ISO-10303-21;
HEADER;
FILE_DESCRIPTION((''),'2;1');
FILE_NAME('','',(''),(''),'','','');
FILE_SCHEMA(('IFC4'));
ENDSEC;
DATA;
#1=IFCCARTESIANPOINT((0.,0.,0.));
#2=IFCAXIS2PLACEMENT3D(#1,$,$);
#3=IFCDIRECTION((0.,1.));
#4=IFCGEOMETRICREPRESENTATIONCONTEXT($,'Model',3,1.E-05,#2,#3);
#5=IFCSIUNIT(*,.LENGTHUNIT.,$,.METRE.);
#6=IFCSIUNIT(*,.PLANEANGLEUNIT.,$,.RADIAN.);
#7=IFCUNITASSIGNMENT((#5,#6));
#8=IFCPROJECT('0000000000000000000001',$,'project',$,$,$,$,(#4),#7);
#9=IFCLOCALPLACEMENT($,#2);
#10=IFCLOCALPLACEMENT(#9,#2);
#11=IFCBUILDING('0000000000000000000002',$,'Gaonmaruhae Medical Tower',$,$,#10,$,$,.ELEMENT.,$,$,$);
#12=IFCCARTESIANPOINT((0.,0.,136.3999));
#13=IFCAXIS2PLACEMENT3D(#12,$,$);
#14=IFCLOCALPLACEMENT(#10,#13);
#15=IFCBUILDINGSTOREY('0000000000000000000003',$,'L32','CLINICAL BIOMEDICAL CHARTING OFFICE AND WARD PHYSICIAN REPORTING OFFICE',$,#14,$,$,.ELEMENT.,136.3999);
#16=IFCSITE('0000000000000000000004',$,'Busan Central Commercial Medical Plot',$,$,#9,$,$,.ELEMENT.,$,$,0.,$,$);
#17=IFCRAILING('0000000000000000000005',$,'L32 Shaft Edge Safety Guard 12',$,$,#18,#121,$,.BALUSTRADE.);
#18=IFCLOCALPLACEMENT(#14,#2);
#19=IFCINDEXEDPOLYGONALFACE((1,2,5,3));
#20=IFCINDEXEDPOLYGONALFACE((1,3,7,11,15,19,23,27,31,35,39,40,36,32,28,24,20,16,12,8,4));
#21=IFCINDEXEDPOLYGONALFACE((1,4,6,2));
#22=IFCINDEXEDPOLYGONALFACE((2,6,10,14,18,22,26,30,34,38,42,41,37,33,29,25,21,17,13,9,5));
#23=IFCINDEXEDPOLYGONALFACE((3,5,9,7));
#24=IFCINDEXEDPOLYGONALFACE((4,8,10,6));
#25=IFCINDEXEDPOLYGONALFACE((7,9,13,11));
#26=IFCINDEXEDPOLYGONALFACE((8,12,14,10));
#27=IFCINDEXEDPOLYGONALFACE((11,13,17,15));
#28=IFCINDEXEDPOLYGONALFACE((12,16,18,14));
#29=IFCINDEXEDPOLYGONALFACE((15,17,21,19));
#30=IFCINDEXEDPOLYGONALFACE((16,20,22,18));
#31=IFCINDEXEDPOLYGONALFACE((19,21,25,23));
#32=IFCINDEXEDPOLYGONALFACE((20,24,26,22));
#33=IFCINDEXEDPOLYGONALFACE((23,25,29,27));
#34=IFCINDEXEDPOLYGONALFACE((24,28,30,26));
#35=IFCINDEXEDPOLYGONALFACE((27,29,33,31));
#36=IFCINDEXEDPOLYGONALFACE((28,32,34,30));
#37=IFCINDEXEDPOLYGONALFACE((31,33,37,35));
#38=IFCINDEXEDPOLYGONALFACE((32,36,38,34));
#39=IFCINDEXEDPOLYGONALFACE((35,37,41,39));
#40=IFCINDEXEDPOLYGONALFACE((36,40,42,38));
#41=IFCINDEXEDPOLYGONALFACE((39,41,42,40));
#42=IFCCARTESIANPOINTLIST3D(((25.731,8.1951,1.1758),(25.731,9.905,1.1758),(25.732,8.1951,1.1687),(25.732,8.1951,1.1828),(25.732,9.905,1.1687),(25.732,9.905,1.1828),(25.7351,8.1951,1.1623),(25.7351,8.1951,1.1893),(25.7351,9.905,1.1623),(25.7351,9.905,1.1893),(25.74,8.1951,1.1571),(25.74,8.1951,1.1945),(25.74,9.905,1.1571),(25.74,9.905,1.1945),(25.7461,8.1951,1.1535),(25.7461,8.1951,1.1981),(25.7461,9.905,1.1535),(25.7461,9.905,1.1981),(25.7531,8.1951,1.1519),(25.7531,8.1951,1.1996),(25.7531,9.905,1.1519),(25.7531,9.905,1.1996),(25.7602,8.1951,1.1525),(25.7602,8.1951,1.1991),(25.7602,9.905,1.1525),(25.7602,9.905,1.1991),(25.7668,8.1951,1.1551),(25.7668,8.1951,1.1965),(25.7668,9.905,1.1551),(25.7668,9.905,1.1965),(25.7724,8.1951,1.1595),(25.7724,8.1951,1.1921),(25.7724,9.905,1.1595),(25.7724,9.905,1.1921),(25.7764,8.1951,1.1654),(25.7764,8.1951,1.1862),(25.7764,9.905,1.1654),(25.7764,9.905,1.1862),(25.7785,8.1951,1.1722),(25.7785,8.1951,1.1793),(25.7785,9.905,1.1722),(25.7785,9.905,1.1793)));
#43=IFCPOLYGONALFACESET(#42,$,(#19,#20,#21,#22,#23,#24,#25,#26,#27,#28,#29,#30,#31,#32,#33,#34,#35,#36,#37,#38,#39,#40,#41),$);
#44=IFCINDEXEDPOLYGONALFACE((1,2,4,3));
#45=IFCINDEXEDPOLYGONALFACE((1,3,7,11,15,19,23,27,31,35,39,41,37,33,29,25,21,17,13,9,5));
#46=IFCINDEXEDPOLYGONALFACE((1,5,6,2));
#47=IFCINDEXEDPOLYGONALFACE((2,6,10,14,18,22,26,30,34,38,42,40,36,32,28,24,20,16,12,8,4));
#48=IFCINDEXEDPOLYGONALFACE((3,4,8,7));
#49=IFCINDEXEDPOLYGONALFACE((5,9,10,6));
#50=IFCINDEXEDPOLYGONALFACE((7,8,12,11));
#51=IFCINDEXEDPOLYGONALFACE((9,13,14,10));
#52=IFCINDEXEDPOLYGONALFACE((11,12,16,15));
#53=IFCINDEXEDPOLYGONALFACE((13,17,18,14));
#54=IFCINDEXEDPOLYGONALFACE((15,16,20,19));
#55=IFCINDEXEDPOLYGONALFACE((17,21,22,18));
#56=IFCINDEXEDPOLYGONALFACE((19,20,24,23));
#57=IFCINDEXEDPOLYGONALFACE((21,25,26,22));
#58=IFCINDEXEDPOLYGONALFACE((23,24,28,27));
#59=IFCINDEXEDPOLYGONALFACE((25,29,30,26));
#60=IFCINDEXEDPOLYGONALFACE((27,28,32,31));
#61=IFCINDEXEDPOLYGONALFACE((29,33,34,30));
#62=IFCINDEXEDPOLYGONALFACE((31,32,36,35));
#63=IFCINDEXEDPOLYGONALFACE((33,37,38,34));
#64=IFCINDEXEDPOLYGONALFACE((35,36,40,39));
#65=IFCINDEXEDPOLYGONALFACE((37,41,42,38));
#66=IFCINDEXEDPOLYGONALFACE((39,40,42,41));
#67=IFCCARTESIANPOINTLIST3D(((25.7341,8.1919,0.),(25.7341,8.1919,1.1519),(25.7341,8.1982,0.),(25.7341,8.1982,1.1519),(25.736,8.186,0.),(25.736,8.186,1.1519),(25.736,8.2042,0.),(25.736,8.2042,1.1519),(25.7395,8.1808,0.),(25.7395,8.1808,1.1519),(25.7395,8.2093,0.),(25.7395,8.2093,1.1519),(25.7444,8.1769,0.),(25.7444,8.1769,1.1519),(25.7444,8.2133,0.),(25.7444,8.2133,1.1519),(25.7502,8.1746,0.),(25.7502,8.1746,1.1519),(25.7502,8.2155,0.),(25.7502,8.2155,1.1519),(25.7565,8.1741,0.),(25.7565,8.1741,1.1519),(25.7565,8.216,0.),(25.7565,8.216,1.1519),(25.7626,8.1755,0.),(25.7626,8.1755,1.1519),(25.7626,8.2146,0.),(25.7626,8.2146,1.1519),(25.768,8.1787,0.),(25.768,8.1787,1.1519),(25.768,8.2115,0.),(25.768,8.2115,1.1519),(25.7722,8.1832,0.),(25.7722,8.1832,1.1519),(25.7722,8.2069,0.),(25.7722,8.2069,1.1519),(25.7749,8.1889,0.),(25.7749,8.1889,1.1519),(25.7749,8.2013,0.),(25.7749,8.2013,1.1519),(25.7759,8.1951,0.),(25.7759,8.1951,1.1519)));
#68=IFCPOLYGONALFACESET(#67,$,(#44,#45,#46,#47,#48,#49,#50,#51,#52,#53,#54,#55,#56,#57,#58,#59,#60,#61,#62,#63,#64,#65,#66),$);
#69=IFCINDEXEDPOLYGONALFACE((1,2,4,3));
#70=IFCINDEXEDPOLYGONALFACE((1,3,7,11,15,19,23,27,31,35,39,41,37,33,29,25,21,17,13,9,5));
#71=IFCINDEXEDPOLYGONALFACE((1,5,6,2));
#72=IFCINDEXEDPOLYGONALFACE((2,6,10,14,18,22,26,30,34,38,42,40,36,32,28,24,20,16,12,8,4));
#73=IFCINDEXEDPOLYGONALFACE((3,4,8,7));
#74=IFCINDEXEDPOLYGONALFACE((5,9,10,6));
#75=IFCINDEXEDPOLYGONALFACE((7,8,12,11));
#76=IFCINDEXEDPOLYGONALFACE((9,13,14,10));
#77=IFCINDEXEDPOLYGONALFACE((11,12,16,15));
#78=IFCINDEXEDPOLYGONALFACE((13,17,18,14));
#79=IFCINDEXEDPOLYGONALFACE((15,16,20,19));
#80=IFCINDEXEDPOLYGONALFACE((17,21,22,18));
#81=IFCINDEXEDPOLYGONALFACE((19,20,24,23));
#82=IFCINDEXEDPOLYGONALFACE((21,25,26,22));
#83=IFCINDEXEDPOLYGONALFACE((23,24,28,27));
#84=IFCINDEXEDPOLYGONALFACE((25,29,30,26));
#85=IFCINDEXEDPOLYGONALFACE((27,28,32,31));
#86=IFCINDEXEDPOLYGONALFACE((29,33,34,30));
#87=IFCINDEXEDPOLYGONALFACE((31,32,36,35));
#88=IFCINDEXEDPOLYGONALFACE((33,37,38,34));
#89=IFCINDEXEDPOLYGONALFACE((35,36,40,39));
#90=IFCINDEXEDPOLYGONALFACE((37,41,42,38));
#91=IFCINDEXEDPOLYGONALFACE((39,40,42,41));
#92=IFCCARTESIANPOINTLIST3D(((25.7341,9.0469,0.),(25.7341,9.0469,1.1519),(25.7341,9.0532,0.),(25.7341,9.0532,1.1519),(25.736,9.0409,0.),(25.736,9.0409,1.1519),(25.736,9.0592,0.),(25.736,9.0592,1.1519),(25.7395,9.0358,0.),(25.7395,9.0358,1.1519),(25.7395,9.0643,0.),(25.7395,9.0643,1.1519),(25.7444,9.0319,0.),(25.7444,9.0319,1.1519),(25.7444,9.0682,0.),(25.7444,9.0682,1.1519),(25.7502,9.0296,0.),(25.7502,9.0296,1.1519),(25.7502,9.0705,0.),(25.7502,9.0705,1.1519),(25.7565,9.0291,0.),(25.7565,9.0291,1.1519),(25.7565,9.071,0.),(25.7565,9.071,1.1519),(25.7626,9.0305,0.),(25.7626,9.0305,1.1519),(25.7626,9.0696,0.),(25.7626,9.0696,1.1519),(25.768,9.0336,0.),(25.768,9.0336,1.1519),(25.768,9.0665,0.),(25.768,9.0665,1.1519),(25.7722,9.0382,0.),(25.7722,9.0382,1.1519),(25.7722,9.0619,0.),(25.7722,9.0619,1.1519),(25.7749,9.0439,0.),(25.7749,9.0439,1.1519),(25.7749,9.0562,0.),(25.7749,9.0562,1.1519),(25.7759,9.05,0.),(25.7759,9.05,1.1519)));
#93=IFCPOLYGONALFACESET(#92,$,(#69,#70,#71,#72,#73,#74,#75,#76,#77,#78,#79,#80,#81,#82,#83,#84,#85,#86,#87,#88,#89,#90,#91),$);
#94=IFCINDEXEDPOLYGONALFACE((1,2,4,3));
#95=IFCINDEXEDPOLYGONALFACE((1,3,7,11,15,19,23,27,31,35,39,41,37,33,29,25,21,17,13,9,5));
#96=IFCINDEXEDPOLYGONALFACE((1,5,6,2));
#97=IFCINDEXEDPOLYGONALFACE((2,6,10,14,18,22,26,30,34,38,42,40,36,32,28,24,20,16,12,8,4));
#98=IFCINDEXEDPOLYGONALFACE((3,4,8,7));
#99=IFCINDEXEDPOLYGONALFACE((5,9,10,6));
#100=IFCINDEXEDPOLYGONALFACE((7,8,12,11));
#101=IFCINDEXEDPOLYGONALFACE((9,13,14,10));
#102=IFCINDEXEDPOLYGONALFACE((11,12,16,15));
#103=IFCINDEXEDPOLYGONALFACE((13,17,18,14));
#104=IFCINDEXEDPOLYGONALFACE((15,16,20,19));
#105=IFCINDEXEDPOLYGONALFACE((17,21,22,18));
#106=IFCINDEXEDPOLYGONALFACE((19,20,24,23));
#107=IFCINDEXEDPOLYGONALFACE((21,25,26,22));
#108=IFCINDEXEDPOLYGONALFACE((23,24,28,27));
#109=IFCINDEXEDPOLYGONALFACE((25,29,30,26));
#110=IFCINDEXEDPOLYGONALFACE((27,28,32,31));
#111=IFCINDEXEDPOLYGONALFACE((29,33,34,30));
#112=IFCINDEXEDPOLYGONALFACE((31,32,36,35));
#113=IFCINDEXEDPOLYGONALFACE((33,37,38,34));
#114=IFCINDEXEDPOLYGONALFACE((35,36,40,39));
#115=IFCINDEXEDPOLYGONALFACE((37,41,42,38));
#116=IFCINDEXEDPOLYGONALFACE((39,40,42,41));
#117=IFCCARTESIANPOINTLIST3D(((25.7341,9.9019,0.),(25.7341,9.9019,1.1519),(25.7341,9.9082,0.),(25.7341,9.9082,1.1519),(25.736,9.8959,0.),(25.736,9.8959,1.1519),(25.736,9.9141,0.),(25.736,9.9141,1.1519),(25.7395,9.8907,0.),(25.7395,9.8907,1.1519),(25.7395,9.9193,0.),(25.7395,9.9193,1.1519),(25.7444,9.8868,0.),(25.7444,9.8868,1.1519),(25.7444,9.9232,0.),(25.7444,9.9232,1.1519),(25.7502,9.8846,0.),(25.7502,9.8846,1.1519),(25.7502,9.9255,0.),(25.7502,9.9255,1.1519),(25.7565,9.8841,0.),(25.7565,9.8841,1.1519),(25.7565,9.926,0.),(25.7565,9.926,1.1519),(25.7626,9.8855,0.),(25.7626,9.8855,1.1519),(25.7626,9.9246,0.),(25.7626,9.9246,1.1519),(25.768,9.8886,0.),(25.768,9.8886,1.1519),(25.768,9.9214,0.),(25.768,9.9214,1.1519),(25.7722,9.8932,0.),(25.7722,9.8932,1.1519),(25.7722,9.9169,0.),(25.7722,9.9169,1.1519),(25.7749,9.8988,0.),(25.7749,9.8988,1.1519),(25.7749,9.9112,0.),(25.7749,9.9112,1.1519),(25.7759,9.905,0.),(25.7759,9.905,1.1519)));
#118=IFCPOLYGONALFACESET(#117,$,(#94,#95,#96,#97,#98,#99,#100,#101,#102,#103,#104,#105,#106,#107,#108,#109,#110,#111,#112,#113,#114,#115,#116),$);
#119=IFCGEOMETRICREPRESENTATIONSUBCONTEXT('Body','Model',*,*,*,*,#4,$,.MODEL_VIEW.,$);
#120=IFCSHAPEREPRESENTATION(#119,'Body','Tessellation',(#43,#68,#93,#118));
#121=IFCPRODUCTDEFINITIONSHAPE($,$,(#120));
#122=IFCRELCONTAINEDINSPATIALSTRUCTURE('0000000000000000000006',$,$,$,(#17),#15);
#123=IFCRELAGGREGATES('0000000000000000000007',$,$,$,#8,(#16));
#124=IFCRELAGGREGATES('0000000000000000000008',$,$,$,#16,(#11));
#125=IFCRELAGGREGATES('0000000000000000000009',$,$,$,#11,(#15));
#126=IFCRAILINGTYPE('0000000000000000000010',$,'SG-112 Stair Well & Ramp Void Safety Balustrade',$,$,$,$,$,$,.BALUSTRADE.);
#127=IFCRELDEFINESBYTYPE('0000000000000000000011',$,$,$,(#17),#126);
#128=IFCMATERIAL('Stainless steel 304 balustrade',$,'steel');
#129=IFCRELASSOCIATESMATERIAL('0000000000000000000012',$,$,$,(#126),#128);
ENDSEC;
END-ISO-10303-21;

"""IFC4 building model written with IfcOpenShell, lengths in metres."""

from ifc_helpers import new_model, si_unit, direction, frame, origin, origin_2d, place, context, subcontext, project, spatial, circle, extrude, material, type_object, element, save


model = new_model("IFC4")

# Units and contexts
model_context = context("Model", 3, precision=1e-05, world=origin(), true_north=direction((0.0, 1.0)))
body_context = subcontext(model_context, "Body", "Model", "MODEL_VIEW")
ifc_project = project(units=[si_unit("LENGTHUNIT", "METRE"), si_unit("PLANEANGLEUNIT", "RADIAN")], contexts=[model_context])

# Site, building, storey
site_placement = place(None, origin())
site = spatial("IfcSite", under=ifc_project, at=site_placement, Name="Busan Central Commercial Medical Plot", CompositionType="ELEMENT", RefElevation=0.0)
building_placement = place(site_placement, origin())
building = spatial("IfcBuilding", under=site, at=building_placement, Name="Gaonmaruhae Medical Tower", CompositionType="ELEMENT")
storey_placement = place(building_placement, frame((0.0, 0.0, 136.3999)))
storey = spatial("IfcBuildingStorey", under=building, at=storey_placement, Name="L32", Description="CLINICAL BIOMEDICAL CHARTING OFFICE AND WARD PHYSICIAN REPORTING OFFICE", CompositionType="ELEMENT", Elevation=136.3999)

# Railing
ifc_material_1 = material(Name="Stainless steel 304 balustrade", Category="steel")
railing_type_1 = type_object("IfcRailingType", Name="SG-112 Stair Well & Ramp Void Safety Balustrade", PredefinedType="BALUSTRADE", material=ifc_material_1)
railing_1_placement = place(storey_placement, frame((25.7549, 8.1951, 0.0)))
element("IfcRailing", 1, at=railing_1_placement, inside=storey, type_object=railing_type_1, Name="L32 Shaft Edge Safety Guard 12", PredefinedType="BALUSTRADE", context=body_context, shape_type="SweptSolid", body=[
    extrude(circle(Radius=0.0239, at=origin_2d()), frame((0.0, 0.0, 1.1758), z_axis=(0.0, 1.0, 0.0), x_axis=(-1.0, 0.0, 0.0)), (0.0, 0.0, 1.0), 1.71),
    extrude(circle(Radius=0.021, at=origin_2d()), origin(), (0.0, 0.0, 1.0), 1.1519),
    extrude(circle(Radius=0.021, at=origin_2d()), frame((0.0, 0.855, 0.0)), (0.0, 0.0, 1.0), 1.1519),
    extrude(circle(Radius=0.021, at=origin_2d()), frame((0.0, 1.71, 0.0)), (0.0, 0.0, 1.0), 1.1519),
])

save(model, "model.ifc")
